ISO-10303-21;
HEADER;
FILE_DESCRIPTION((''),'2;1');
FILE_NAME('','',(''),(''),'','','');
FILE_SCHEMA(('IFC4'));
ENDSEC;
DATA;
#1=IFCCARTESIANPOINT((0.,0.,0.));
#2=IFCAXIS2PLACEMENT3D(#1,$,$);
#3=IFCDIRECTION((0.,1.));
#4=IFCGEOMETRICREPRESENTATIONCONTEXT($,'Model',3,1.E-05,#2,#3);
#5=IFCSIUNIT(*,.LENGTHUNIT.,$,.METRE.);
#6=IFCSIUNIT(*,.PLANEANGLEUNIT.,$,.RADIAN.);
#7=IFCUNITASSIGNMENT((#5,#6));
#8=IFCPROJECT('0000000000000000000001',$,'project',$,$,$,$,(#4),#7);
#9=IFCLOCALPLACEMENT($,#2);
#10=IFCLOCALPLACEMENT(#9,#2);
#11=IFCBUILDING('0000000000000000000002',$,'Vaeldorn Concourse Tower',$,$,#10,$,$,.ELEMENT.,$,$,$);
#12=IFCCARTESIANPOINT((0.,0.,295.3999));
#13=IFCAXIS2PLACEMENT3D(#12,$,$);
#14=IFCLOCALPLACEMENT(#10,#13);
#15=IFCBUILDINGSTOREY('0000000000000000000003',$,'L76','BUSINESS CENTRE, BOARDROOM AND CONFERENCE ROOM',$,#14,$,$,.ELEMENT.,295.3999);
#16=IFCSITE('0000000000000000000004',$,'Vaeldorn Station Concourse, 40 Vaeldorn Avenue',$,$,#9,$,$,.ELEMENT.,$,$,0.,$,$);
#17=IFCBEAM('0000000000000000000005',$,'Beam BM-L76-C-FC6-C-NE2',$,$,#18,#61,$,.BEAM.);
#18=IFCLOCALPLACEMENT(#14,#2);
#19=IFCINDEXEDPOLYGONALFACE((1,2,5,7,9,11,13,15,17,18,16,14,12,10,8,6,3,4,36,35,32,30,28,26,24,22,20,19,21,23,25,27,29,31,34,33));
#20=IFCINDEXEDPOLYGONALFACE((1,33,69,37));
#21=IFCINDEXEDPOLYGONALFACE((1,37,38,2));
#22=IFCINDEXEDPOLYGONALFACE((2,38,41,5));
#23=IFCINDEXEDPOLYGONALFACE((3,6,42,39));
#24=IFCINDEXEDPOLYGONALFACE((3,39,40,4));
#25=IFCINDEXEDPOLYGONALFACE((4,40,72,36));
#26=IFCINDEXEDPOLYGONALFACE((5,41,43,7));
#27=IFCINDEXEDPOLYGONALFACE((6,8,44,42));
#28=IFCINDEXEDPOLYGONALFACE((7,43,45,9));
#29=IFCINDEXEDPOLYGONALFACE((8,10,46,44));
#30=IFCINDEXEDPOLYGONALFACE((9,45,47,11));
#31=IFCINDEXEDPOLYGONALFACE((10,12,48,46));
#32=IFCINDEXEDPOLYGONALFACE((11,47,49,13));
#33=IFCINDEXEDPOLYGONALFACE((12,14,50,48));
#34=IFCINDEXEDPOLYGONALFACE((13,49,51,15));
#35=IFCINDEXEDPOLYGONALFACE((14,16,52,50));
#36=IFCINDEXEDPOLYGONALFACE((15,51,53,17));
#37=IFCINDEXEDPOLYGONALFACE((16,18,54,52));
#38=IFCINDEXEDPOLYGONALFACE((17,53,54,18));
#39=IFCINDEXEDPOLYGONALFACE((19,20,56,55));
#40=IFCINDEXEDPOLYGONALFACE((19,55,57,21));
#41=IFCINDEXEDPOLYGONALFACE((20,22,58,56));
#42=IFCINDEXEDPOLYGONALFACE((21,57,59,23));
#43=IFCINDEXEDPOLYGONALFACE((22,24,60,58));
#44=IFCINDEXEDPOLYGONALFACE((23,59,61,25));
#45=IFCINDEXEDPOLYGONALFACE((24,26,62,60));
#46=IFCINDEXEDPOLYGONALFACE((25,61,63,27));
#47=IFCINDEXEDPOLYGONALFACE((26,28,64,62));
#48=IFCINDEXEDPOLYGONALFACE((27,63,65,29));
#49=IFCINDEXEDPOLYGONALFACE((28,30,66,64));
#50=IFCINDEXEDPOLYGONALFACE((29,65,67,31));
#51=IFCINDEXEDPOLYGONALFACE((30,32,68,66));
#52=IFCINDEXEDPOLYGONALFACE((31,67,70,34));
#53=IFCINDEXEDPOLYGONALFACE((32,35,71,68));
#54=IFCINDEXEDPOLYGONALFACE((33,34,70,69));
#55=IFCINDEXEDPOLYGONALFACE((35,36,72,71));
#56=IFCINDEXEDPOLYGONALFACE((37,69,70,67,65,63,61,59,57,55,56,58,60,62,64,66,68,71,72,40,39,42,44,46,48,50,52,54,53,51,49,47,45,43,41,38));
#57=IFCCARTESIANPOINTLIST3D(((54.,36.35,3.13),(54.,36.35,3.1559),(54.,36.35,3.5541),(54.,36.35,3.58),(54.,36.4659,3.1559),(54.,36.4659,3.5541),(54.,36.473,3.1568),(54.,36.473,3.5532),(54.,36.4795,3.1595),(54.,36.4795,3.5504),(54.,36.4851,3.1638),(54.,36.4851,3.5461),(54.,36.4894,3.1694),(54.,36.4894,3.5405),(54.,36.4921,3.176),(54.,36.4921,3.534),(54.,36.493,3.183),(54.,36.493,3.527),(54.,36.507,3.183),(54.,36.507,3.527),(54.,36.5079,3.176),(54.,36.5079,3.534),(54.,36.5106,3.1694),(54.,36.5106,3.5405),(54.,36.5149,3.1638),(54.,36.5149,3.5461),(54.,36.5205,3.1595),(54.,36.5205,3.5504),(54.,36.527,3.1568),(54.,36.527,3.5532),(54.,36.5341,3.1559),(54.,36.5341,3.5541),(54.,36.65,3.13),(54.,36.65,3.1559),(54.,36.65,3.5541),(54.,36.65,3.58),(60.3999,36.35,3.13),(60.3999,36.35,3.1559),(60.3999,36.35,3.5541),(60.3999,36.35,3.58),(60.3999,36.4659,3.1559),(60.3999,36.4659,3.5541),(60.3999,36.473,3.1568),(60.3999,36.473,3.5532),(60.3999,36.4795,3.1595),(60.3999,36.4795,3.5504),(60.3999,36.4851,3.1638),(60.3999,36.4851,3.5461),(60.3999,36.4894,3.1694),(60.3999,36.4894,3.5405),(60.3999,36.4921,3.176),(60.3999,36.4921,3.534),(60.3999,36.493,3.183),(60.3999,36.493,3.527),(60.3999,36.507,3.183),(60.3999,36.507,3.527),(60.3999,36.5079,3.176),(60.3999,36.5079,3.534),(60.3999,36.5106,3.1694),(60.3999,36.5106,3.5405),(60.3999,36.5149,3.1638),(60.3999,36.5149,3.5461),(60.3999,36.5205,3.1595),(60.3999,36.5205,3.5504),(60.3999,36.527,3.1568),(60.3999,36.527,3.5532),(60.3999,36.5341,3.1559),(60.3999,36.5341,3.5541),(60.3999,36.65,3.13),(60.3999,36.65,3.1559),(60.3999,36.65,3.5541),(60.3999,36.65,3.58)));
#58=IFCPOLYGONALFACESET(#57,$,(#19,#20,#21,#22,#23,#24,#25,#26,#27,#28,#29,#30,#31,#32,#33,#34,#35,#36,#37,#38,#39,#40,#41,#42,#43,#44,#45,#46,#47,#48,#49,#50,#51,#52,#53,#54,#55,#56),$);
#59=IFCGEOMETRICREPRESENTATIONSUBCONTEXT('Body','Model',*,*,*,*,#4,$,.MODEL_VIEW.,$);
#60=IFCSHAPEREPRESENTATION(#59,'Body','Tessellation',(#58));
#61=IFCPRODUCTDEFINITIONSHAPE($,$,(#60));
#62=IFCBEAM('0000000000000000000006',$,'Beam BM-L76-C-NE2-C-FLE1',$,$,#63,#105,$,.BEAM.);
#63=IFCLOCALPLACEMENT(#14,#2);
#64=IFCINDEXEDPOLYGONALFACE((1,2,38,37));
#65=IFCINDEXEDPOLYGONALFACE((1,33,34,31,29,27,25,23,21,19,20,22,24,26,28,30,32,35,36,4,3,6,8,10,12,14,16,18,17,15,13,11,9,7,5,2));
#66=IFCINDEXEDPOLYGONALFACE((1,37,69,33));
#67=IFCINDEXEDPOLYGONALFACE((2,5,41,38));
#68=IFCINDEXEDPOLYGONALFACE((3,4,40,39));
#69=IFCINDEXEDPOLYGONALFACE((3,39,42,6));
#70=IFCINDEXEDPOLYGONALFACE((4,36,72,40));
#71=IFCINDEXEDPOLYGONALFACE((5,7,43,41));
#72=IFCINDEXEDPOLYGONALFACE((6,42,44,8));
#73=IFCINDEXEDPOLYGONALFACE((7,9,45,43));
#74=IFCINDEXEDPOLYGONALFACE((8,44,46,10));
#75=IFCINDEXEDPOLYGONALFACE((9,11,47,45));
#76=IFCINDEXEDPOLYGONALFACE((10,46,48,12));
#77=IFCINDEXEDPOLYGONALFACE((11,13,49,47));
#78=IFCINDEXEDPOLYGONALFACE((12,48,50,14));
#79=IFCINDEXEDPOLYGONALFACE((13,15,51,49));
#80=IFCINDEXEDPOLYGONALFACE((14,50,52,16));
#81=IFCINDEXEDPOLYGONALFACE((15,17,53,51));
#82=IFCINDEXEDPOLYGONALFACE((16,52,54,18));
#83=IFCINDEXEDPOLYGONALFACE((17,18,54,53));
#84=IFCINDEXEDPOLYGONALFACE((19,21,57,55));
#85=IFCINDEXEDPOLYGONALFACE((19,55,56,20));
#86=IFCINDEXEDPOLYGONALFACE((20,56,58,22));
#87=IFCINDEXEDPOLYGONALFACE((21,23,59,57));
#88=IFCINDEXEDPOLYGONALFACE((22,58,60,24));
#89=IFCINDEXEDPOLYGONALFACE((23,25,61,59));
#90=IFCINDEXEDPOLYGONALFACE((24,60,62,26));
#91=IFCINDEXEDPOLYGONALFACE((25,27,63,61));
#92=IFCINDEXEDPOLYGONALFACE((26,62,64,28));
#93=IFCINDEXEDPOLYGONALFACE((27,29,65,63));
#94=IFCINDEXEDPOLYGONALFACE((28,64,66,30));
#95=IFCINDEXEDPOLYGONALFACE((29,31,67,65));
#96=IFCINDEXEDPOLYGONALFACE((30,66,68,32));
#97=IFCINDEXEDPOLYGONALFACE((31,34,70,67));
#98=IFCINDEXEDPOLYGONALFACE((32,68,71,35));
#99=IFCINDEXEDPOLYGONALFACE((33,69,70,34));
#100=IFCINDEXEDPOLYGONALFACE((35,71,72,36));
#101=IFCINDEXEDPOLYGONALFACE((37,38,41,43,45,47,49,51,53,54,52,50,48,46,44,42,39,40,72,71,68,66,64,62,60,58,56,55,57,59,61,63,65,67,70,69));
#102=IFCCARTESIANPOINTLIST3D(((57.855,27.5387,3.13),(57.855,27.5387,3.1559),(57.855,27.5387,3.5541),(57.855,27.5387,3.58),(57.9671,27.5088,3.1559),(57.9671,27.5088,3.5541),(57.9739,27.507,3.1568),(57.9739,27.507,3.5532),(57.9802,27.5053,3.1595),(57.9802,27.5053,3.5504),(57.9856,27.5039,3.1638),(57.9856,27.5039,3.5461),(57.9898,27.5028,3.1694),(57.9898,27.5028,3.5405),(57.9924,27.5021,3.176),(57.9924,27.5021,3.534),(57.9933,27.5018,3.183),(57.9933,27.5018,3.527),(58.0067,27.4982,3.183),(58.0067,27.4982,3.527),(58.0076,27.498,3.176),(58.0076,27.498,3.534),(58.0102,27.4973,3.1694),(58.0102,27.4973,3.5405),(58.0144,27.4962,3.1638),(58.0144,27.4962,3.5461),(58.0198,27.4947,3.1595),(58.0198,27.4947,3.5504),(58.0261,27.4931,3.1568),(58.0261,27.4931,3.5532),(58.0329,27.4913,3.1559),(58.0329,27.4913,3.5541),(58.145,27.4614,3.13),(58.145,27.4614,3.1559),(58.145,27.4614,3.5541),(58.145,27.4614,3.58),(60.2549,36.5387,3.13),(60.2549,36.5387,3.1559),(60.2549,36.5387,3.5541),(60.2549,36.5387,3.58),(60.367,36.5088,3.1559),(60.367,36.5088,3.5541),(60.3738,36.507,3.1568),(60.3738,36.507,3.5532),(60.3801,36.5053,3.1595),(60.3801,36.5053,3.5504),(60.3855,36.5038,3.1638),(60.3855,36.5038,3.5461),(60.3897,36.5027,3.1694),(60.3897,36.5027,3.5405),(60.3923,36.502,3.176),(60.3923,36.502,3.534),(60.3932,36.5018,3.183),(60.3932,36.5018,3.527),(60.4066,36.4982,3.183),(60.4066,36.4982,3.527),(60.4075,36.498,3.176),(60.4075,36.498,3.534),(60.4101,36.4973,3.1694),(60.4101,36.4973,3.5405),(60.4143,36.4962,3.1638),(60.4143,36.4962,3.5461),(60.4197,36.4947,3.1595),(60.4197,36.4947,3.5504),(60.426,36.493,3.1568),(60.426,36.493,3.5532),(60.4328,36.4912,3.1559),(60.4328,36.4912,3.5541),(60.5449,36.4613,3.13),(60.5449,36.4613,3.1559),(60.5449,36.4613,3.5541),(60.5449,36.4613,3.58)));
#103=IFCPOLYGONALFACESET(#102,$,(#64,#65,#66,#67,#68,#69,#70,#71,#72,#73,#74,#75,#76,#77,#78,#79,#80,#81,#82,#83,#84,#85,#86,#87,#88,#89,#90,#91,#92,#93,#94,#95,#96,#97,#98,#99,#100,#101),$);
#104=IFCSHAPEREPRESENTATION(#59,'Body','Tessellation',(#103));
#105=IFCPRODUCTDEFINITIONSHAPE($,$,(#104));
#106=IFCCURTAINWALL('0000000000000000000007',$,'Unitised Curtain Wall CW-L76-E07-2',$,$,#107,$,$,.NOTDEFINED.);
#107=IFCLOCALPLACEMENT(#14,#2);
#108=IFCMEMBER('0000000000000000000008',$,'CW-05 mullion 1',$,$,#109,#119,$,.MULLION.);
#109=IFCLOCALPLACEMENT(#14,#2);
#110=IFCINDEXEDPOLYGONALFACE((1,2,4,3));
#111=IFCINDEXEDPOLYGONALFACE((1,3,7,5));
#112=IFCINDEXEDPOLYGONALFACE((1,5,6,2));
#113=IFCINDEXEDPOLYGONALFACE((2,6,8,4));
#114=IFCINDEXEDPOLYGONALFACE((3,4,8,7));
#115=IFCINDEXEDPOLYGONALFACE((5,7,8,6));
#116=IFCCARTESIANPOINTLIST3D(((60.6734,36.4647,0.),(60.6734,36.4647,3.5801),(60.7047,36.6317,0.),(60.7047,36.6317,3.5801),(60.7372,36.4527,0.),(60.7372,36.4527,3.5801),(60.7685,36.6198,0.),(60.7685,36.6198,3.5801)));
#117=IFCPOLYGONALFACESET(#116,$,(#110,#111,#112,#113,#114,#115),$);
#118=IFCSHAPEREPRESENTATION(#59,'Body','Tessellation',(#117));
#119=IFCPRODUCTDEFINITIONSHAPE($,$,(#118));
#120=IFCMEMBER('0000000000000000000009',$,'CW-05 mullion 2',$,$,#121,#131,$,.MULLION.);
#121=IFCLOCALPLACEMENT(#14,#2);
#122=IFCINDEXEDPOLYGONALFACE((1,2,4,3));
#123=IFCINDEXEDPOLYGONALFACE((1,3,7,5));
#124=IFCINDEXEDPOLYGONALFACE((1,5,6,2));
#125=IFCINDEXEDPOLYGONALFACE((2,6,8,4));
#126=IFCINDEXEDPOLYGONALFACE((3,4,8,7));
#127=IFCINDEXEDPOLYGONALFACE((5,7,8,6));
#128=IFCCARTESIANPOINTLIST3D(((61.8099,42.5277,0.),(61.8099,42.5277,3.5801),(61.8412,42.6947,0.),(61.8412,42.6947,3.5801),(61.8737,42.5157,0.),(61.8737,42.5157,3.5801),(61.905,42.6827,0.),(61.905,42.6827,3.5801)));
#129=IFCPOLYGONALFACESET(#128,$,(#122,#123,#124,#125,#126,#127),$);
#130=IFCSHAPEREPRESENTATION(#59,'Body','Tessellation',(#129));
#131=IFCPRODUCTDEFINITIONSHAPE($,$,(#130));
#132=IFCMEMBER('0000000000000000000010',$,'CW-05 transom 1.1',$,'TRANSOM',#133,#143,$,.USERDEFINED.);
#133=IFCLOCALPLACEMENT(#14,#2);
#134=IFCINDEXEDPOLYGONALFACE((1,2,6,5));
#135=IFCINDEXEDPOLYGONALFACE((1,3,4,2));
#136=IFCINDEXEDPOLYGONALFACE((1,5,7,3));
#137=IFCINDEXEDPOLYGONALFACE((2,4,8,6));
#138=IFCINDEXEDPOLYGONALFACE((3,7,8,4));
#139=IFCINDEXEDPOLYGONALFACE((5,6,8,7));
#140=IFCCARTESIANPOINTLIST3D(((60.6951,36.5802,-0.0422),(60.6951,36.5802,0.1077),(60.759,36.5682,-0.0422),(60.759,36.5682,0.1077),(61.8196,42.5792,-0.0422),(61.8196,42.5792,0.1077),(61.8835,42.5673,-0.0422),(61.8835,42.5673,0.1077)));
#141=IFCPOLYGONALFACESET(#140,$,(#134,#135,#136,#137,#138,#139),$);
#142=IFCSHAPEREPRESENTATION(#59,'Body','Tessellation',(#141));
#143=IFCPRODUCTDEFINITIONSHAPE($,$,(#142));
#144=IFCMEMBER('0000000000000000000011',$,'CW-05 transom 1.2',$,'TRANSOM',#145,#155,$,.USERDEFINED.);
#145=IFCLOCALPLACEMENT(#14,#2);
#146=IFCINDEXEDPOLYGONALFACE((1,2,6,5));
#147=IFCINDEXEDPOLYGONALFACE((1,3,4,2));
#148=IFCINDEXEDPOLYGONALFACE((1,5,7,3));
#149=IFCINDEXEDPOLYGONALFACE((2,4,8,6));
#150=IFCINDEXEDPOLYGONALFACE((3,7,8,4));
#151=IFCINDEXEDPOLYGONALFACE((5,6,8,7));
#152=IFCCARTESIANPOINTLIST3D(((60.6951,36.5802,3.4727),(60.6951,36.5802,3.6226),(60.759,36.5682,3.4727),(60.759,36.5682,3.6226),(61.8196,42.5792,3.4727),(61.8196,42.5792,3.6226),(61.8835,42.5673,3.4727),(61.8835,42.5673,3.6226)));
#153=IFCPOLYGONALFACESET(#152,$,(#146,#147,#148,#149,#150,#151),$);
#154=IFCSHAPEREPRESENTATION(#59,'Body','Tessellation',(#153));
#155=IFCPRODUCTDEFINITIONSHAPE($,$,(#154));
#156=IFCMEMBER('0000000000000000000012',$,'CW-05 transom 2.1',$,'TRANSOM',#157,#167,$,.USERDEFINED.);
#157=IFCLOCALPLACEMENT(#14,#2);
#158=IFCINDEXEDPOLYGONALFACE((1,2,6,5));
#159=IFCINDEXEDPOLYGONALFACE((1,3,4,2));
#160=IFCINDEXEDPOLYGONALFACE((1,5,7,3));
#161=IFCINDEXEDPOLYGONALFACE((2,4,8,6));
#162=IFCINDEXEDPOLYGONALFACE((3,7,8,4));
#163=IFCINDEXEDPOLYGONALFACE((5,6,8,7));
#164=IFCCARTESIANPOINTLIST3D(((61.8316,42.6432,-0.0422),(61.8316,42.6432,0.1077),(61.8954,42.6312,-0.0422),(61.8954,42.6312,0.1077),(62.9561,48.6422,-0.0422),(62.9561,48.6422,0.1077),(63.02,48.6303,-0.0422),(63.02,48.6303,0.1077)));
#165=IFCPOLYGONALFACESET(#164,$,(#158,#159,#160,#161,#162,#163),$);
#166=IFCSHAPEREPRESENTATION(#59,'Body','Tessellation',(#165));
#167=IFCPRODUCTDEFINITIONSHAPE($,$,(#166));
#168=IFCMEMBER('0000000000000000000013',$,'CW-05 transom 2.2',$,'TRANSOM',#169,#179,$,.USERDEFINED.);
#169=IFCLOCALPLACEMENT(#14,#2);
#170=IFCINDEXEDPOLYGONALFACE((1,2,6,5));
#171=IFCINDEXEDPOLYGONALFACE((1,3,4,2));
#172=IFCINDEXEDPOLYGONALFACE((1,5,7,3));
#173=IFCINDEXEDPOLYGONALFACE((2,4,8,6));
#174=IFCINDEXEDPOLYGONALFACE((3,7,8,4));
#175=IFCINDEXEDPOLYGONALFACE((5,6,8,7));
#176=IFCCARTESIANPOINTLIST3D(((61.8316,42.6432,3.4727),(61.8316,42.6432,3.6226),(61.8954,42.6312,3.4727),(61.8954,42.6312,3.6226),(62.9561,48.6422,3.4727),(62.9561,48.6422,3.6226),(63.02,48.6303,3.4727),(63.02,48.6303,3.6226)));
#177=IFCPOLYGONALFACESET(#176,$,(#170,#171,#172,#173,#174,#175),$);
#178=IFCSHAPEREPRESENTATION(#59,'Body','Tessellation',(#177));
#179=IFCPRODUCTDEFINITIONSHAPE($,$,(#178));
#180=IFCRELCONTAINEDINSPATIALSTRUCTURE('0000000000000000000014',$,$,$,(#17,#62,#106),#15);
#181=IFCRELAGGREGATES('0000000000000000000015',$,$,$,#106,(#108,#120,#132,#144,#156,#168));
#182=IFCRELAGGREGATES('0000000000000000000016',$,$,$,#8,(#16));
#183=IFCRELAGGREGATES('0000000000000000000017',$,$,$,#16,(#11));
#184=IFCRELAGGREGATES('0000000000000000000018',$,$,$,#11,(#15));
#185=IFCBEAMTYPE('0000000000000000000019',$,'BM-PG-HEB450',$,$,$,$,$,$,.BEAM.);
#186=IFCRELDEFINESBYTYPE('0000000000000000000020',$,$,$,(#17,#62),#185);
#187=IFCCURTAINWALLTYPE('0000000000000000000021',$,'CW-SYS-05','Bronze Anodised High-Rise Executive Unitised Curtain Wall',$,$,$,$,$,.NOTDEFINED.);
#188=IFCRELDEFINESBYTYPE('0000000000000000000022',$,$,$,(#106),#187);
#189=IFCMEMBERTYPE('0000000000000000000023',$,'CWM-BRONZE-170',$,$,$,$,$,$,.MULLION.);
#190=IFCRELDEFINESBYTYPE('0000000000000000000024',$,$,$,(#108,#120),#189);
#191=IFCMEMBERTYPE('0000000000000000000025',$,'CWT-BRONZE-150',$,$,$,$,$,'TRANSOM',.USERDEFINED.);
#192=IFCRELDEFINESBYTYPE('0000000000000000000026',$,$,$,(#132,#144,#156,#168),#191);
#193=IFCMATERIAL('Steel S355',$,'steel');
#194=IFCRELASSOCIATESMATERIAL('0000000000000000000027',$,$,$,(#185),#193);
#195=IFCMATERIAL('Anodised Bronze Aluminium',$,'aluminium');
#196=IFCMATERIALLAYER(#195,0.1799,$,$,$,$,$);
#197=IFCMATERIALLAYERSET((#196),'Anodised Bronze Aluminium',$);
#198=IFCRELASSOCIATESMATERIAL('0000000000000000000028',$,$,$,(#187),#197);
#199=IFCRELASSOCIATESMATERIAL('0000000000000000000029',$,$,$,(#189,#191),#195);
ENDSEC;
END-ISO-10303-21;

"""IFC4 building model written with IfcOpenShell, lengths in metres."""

from ifc_helpers import new_model, si_unit, direction, frame, origin, origin_2d, place, context, subcontext, project, spatial, rectangle, i_section, extrude, source, transform, mapped, material, layer, layer_set, material_profile, profile_set, type_object, element, aggregate, save


model = new_model("IFC4")

# Units and contexts
model_context = context("Model", 3, precision=1e-05, world=origin(), true_north=direction((0.0, 1.0)))
body_context = subcontext(model_context, "Body", "Model", "MODEL_VIEW")
ifc_project = project(units=[si_unit("LENGTHUNIT", "METRE"), si_unit("PLANEANGLEUNIT", "RADIAN")], contexts=[model_context])

# Site, building, storey
site_placement = place(None, origin())
site = spatial("IfcSite", under=ifc_project, at=site_placement, Name="Vaeldorn Station Concourse, 40 Vaeldorn Avenue", CompositionType="ELEMENT", RefElevation=0.0)
building_placement = place(site_placement, origin())
building = spatial("IfcBuilding", under=site, at=building_placement, Name="Vaeldorn Concourse Tower", CompositionType="ELEMENT")
storey_placement = place(building_placement, frame((0.0, 0.0, 295.3999)))
storey = spatial("IfcBuildingStorey", under=building, at=storey_placement, Name="L76", Description="BUSINESS CENTRE, BOARDROOM AND CONFERENCE ROOM", CompositionType="ELEMENT", Elevation=295.3999)

# Shared definitions
ifc_material_1 = material(Name="Steel S355", Category="steel")

# Beams
ifc_material_profile_1 = material_profile(ifc_material_1, i_section(OverallWidth=0.3, OverallDepth=0.45, WebThickness=0.0139, FlangeThickness=0.0259, FilletRadius=0.0271, at=origin_2d()), Name="HEB 450")
ifc_profile_set_1 = profile_set([ifc_material_profile_1], Name="Steel S355")
beam_type_1 = type_object("IfcBeamType", Name="BM-PG-HEB450", PredefinedType="BEAM", material=ifc_profile_set_1)
shared_shape_1 = source(origin(), body_context, "Body", "SweptSolid", [
    extrude(i_section(OverallWidth=0.3, OverallDepth=0.45, WebThickness=0.0139, FlangeThickness=0.0259, FilletRadius=0.0271, at=origin_2d()), origin(), (0.0, 0.0, 1.0), 6.3999),
])
beam_1_placement = place(storey_placement, frame((54.0, 36.5, 3.355), z_axis=(1.0, 0.0, 0.0), x_axis=(0.0, 1.0, 0.0)))
element("IfcBeam", 1, at=beam_1_placement, inside=storey, type_object=beam_type_1, Name="Beam BM-L76-C-FC6-C-NE2", PredefinedType="BEAM", context=body_context, shape_type="MappedRepresentation", body=[
    mapped(shared_shape_1, transform((0.0, 0.0, 0.0), scale=1.0)),
])
shared_shape_2 = source(origin(), body_context, "Body", "SweptSolid", [
    extrude(i_section(OverallWidth=0.3, OverallDepth=0.45, WebThickness=0.0139, FlangeThickness=0.0259, FilletRadius=0.0271, at=origin_2d()), origin(), (0.0, 0.0, 1.0), 9.3145),
])
beam_2_placement = place(storey_placement, frame((60.3999, 36.5, 3.355), z_axis=(-0.257653, -0.966238, 0.0), x_axis=(0.966238, -0.257653, 0.0)))
element("IfcBeam", 2, at=beam_2_placement, inside=storey, type_object=beam_type_1, Name="Beam BM-L76-C-NE2-C-FLE1", PredefinedType="BEAM", context=body_context, shape_type="MappedRepresentation", body=[
    mapped(shared_shape_2, transform((0.0, 0.0, 0.0), scale=1.0)),
])

# Curtain wall, members
ifc_material_2 = material(Name="Anodised Bronze Aluminium", Category="aluminium")
ifc_layer_1 = layer(ifc_material_2, 0.1799)
ifc_layer_set_1 = layer_set([ifc_layer_1], Name="Anodised Bronze Aluminium")
curtain_wall_type = type_object("IfcCurtainWallType", Name="CW-SYS-05", Description="Bronze Anodised High-Rise Executive Unitised Curtain Wall", PredefinedType="NOTDEFINED", material=ifc_layer_set_1)
curtain_wall_placement = place(storey_placement, origin())
curtain_wall = element("IfcCurtainWall", 3, at=curtain_wall_placement, inside=storey, type_object=curtain_wall_type, Name="Unitised Curtain Wall CW-L76-E07-2", PredefinedType="NOTDEFINED")
ifc_material_profile_2 = material_profile(ifc_material_2, rectangle(XDim=0.0649, YDim=0.1699, at=origin_2d()), Name="CWM 65x170")
ifc_profile_set_2 = profile_set([ifc_material_profile_2], Name="Anodised Bronze Aluminium")
member_type_1 = type_object("IfcMemberType", Name="CWM-BRONZE-170", PredefinedType="MULLION", material=ifc_profile_set_2)
shared_shape_3 = source(origin(), body_context, "Body", "SweptSolid", [
    extrude(rectangle(XDim=0.0649, YDim=0.1699, at=origin_2d()), origin(), (0.0, 0.0, 1.0), 3.5801),
])
member_1_placement = place(storey_placement, frame((60.7209, 36.5422, 0.0), z_axis=(0.0, 0.0, 1.0), x_axis=(-0.98288, 0.184246, 0.0)))
member_1 = element("IfcMember", 4, at=member_1_placement, type_object=member_type_1, Name="CW-05 mullion 1", PredefinedType="MULLION", context=body_context, shape_type="MappedRepresentation", body=[
    mapped(shared_shape_3, transform((0.0, 0.0, 0.0), scale=1.0)),
])
member_2_placement = place(storey_placement, frame((61.8574, 42.6052, 0.0), z_axis=(0.0, 0.0, 1.0), x_axis=(-0.98288, 0.184246, 0.0)))
member_2 = element("IfcMember", 5, at=member_2_placement, type_object=member_type_1, Name="CW-05 mullion 2", PredefinedType="MULLION", context=body_context, shape_type="MappedRepresentation", body=[
    mapped(shared_shape_3, transform((0.0, 0.0, 0.0), scale=1.0)),
])
ifc_material_profile_3 = material_profile(ifc_material_2, rectangle(XDim=0.0649, YDim=0.1499, at=origin_2d()), Name="CWT 65x150")
ifc_profile_set_3 = profile_set([ifc_material_profile_3], Name="Anodised Bronze Aluminium")
member_type_2 = type_object("IfcMemberType", Name="CWT-BRONZE-150", ElementType="TRANSOM", PredefinedType="USERDEFINED", material=ifc_profile_set_3)
shared_shape_4 = source(origin(), body_context, "Body", "SweptSolid", [
    extrude(rectangle(XDim=0.0649, YDim=0.1499, at=origin_2d()), origin(), (0.0, 0.0, 1.0), 6.1035),
])
member_3_placement = place(storey_placement, frame((60.7271, 36.5742, 0.0327), z_axis=(0.18424, 0.982881, 0.0), x_axis=(-0.982881, 0.18424, 0.0)))
member_3 = element("IfcMember", 6, at=member_3_placement, type_object=member_type_2, Name="CW-05 transom 1.1", ObjectType="TRANSOM", PredefinedType="USERDEFINED", context=body_context, shape_type="MappedRepresentation", body=[
    mapped(shared_shape_4, transform((0.0, 0.0, 0.0), scale=1.0)),
])
member_4_placement = place(storey_placement, frame((60.7271, 36.5742, 3.5476), z_axis=(0.18424, 0.982881, 0.0), x_axis=(-0.982881, 0.18424, 0.0)))
member_4 = element("IfcMember", 7, at=member_4_placement, type_object=member_type_2, Name="CW-05 transom 1.2", ObjectType="TRANSOM", PredefinedType="USERDEFINED", context=body_context, shape_type="MappedRepresentation", body=[
    mapped(shared_shape_4, transform((0.0, 0.0, 0.0), scale=1.0)),
])
member_5_placement = place(storey_placement, frame((61.8635, 42.6372, 0.0327), z_axis=(0.18424, 0.982881, 0.0), x_axis=(-0.982881, 0.18424, 0.0)))
member_5 = element("IfcMember", 8, at=member_5_placement, type_object=member_type_2, Name="CW-05 transom 2.1", ObjectType="TRANSOM", PredefinedType="USERDEFINED", context=body_context, shape_type="MappedRepresentation", body=[
    mapped(shared_shape_4, transform((0.0, 0.0, 0.0), scale=1.0)),
])
member_6_placement = place(storey_placement, frame((61.8635, 42.6372, 3.5476), z_axis=(0.18424, 0.982881, 0.0), x_axis=(-0.982881, 0.18424, 0.0)))
member_6 = element("IfcMember", 9, at=member_6_placement, type_object=member_type_2, Name="CW-05 transom 2.2", ObjectType="TRANSOM", PredefinedType="USERDEFINED", context=body_context, shape_type="MappedRepresentation", body=[
    mapped(shared_shape_4, transform((0.0, 0.0, 0.0), scale=1.0)),
])
aggregate(curtain_wall, [member_1, member_2, member_3, member_4, member_5, member_6])

save(model, "model.ifc")
